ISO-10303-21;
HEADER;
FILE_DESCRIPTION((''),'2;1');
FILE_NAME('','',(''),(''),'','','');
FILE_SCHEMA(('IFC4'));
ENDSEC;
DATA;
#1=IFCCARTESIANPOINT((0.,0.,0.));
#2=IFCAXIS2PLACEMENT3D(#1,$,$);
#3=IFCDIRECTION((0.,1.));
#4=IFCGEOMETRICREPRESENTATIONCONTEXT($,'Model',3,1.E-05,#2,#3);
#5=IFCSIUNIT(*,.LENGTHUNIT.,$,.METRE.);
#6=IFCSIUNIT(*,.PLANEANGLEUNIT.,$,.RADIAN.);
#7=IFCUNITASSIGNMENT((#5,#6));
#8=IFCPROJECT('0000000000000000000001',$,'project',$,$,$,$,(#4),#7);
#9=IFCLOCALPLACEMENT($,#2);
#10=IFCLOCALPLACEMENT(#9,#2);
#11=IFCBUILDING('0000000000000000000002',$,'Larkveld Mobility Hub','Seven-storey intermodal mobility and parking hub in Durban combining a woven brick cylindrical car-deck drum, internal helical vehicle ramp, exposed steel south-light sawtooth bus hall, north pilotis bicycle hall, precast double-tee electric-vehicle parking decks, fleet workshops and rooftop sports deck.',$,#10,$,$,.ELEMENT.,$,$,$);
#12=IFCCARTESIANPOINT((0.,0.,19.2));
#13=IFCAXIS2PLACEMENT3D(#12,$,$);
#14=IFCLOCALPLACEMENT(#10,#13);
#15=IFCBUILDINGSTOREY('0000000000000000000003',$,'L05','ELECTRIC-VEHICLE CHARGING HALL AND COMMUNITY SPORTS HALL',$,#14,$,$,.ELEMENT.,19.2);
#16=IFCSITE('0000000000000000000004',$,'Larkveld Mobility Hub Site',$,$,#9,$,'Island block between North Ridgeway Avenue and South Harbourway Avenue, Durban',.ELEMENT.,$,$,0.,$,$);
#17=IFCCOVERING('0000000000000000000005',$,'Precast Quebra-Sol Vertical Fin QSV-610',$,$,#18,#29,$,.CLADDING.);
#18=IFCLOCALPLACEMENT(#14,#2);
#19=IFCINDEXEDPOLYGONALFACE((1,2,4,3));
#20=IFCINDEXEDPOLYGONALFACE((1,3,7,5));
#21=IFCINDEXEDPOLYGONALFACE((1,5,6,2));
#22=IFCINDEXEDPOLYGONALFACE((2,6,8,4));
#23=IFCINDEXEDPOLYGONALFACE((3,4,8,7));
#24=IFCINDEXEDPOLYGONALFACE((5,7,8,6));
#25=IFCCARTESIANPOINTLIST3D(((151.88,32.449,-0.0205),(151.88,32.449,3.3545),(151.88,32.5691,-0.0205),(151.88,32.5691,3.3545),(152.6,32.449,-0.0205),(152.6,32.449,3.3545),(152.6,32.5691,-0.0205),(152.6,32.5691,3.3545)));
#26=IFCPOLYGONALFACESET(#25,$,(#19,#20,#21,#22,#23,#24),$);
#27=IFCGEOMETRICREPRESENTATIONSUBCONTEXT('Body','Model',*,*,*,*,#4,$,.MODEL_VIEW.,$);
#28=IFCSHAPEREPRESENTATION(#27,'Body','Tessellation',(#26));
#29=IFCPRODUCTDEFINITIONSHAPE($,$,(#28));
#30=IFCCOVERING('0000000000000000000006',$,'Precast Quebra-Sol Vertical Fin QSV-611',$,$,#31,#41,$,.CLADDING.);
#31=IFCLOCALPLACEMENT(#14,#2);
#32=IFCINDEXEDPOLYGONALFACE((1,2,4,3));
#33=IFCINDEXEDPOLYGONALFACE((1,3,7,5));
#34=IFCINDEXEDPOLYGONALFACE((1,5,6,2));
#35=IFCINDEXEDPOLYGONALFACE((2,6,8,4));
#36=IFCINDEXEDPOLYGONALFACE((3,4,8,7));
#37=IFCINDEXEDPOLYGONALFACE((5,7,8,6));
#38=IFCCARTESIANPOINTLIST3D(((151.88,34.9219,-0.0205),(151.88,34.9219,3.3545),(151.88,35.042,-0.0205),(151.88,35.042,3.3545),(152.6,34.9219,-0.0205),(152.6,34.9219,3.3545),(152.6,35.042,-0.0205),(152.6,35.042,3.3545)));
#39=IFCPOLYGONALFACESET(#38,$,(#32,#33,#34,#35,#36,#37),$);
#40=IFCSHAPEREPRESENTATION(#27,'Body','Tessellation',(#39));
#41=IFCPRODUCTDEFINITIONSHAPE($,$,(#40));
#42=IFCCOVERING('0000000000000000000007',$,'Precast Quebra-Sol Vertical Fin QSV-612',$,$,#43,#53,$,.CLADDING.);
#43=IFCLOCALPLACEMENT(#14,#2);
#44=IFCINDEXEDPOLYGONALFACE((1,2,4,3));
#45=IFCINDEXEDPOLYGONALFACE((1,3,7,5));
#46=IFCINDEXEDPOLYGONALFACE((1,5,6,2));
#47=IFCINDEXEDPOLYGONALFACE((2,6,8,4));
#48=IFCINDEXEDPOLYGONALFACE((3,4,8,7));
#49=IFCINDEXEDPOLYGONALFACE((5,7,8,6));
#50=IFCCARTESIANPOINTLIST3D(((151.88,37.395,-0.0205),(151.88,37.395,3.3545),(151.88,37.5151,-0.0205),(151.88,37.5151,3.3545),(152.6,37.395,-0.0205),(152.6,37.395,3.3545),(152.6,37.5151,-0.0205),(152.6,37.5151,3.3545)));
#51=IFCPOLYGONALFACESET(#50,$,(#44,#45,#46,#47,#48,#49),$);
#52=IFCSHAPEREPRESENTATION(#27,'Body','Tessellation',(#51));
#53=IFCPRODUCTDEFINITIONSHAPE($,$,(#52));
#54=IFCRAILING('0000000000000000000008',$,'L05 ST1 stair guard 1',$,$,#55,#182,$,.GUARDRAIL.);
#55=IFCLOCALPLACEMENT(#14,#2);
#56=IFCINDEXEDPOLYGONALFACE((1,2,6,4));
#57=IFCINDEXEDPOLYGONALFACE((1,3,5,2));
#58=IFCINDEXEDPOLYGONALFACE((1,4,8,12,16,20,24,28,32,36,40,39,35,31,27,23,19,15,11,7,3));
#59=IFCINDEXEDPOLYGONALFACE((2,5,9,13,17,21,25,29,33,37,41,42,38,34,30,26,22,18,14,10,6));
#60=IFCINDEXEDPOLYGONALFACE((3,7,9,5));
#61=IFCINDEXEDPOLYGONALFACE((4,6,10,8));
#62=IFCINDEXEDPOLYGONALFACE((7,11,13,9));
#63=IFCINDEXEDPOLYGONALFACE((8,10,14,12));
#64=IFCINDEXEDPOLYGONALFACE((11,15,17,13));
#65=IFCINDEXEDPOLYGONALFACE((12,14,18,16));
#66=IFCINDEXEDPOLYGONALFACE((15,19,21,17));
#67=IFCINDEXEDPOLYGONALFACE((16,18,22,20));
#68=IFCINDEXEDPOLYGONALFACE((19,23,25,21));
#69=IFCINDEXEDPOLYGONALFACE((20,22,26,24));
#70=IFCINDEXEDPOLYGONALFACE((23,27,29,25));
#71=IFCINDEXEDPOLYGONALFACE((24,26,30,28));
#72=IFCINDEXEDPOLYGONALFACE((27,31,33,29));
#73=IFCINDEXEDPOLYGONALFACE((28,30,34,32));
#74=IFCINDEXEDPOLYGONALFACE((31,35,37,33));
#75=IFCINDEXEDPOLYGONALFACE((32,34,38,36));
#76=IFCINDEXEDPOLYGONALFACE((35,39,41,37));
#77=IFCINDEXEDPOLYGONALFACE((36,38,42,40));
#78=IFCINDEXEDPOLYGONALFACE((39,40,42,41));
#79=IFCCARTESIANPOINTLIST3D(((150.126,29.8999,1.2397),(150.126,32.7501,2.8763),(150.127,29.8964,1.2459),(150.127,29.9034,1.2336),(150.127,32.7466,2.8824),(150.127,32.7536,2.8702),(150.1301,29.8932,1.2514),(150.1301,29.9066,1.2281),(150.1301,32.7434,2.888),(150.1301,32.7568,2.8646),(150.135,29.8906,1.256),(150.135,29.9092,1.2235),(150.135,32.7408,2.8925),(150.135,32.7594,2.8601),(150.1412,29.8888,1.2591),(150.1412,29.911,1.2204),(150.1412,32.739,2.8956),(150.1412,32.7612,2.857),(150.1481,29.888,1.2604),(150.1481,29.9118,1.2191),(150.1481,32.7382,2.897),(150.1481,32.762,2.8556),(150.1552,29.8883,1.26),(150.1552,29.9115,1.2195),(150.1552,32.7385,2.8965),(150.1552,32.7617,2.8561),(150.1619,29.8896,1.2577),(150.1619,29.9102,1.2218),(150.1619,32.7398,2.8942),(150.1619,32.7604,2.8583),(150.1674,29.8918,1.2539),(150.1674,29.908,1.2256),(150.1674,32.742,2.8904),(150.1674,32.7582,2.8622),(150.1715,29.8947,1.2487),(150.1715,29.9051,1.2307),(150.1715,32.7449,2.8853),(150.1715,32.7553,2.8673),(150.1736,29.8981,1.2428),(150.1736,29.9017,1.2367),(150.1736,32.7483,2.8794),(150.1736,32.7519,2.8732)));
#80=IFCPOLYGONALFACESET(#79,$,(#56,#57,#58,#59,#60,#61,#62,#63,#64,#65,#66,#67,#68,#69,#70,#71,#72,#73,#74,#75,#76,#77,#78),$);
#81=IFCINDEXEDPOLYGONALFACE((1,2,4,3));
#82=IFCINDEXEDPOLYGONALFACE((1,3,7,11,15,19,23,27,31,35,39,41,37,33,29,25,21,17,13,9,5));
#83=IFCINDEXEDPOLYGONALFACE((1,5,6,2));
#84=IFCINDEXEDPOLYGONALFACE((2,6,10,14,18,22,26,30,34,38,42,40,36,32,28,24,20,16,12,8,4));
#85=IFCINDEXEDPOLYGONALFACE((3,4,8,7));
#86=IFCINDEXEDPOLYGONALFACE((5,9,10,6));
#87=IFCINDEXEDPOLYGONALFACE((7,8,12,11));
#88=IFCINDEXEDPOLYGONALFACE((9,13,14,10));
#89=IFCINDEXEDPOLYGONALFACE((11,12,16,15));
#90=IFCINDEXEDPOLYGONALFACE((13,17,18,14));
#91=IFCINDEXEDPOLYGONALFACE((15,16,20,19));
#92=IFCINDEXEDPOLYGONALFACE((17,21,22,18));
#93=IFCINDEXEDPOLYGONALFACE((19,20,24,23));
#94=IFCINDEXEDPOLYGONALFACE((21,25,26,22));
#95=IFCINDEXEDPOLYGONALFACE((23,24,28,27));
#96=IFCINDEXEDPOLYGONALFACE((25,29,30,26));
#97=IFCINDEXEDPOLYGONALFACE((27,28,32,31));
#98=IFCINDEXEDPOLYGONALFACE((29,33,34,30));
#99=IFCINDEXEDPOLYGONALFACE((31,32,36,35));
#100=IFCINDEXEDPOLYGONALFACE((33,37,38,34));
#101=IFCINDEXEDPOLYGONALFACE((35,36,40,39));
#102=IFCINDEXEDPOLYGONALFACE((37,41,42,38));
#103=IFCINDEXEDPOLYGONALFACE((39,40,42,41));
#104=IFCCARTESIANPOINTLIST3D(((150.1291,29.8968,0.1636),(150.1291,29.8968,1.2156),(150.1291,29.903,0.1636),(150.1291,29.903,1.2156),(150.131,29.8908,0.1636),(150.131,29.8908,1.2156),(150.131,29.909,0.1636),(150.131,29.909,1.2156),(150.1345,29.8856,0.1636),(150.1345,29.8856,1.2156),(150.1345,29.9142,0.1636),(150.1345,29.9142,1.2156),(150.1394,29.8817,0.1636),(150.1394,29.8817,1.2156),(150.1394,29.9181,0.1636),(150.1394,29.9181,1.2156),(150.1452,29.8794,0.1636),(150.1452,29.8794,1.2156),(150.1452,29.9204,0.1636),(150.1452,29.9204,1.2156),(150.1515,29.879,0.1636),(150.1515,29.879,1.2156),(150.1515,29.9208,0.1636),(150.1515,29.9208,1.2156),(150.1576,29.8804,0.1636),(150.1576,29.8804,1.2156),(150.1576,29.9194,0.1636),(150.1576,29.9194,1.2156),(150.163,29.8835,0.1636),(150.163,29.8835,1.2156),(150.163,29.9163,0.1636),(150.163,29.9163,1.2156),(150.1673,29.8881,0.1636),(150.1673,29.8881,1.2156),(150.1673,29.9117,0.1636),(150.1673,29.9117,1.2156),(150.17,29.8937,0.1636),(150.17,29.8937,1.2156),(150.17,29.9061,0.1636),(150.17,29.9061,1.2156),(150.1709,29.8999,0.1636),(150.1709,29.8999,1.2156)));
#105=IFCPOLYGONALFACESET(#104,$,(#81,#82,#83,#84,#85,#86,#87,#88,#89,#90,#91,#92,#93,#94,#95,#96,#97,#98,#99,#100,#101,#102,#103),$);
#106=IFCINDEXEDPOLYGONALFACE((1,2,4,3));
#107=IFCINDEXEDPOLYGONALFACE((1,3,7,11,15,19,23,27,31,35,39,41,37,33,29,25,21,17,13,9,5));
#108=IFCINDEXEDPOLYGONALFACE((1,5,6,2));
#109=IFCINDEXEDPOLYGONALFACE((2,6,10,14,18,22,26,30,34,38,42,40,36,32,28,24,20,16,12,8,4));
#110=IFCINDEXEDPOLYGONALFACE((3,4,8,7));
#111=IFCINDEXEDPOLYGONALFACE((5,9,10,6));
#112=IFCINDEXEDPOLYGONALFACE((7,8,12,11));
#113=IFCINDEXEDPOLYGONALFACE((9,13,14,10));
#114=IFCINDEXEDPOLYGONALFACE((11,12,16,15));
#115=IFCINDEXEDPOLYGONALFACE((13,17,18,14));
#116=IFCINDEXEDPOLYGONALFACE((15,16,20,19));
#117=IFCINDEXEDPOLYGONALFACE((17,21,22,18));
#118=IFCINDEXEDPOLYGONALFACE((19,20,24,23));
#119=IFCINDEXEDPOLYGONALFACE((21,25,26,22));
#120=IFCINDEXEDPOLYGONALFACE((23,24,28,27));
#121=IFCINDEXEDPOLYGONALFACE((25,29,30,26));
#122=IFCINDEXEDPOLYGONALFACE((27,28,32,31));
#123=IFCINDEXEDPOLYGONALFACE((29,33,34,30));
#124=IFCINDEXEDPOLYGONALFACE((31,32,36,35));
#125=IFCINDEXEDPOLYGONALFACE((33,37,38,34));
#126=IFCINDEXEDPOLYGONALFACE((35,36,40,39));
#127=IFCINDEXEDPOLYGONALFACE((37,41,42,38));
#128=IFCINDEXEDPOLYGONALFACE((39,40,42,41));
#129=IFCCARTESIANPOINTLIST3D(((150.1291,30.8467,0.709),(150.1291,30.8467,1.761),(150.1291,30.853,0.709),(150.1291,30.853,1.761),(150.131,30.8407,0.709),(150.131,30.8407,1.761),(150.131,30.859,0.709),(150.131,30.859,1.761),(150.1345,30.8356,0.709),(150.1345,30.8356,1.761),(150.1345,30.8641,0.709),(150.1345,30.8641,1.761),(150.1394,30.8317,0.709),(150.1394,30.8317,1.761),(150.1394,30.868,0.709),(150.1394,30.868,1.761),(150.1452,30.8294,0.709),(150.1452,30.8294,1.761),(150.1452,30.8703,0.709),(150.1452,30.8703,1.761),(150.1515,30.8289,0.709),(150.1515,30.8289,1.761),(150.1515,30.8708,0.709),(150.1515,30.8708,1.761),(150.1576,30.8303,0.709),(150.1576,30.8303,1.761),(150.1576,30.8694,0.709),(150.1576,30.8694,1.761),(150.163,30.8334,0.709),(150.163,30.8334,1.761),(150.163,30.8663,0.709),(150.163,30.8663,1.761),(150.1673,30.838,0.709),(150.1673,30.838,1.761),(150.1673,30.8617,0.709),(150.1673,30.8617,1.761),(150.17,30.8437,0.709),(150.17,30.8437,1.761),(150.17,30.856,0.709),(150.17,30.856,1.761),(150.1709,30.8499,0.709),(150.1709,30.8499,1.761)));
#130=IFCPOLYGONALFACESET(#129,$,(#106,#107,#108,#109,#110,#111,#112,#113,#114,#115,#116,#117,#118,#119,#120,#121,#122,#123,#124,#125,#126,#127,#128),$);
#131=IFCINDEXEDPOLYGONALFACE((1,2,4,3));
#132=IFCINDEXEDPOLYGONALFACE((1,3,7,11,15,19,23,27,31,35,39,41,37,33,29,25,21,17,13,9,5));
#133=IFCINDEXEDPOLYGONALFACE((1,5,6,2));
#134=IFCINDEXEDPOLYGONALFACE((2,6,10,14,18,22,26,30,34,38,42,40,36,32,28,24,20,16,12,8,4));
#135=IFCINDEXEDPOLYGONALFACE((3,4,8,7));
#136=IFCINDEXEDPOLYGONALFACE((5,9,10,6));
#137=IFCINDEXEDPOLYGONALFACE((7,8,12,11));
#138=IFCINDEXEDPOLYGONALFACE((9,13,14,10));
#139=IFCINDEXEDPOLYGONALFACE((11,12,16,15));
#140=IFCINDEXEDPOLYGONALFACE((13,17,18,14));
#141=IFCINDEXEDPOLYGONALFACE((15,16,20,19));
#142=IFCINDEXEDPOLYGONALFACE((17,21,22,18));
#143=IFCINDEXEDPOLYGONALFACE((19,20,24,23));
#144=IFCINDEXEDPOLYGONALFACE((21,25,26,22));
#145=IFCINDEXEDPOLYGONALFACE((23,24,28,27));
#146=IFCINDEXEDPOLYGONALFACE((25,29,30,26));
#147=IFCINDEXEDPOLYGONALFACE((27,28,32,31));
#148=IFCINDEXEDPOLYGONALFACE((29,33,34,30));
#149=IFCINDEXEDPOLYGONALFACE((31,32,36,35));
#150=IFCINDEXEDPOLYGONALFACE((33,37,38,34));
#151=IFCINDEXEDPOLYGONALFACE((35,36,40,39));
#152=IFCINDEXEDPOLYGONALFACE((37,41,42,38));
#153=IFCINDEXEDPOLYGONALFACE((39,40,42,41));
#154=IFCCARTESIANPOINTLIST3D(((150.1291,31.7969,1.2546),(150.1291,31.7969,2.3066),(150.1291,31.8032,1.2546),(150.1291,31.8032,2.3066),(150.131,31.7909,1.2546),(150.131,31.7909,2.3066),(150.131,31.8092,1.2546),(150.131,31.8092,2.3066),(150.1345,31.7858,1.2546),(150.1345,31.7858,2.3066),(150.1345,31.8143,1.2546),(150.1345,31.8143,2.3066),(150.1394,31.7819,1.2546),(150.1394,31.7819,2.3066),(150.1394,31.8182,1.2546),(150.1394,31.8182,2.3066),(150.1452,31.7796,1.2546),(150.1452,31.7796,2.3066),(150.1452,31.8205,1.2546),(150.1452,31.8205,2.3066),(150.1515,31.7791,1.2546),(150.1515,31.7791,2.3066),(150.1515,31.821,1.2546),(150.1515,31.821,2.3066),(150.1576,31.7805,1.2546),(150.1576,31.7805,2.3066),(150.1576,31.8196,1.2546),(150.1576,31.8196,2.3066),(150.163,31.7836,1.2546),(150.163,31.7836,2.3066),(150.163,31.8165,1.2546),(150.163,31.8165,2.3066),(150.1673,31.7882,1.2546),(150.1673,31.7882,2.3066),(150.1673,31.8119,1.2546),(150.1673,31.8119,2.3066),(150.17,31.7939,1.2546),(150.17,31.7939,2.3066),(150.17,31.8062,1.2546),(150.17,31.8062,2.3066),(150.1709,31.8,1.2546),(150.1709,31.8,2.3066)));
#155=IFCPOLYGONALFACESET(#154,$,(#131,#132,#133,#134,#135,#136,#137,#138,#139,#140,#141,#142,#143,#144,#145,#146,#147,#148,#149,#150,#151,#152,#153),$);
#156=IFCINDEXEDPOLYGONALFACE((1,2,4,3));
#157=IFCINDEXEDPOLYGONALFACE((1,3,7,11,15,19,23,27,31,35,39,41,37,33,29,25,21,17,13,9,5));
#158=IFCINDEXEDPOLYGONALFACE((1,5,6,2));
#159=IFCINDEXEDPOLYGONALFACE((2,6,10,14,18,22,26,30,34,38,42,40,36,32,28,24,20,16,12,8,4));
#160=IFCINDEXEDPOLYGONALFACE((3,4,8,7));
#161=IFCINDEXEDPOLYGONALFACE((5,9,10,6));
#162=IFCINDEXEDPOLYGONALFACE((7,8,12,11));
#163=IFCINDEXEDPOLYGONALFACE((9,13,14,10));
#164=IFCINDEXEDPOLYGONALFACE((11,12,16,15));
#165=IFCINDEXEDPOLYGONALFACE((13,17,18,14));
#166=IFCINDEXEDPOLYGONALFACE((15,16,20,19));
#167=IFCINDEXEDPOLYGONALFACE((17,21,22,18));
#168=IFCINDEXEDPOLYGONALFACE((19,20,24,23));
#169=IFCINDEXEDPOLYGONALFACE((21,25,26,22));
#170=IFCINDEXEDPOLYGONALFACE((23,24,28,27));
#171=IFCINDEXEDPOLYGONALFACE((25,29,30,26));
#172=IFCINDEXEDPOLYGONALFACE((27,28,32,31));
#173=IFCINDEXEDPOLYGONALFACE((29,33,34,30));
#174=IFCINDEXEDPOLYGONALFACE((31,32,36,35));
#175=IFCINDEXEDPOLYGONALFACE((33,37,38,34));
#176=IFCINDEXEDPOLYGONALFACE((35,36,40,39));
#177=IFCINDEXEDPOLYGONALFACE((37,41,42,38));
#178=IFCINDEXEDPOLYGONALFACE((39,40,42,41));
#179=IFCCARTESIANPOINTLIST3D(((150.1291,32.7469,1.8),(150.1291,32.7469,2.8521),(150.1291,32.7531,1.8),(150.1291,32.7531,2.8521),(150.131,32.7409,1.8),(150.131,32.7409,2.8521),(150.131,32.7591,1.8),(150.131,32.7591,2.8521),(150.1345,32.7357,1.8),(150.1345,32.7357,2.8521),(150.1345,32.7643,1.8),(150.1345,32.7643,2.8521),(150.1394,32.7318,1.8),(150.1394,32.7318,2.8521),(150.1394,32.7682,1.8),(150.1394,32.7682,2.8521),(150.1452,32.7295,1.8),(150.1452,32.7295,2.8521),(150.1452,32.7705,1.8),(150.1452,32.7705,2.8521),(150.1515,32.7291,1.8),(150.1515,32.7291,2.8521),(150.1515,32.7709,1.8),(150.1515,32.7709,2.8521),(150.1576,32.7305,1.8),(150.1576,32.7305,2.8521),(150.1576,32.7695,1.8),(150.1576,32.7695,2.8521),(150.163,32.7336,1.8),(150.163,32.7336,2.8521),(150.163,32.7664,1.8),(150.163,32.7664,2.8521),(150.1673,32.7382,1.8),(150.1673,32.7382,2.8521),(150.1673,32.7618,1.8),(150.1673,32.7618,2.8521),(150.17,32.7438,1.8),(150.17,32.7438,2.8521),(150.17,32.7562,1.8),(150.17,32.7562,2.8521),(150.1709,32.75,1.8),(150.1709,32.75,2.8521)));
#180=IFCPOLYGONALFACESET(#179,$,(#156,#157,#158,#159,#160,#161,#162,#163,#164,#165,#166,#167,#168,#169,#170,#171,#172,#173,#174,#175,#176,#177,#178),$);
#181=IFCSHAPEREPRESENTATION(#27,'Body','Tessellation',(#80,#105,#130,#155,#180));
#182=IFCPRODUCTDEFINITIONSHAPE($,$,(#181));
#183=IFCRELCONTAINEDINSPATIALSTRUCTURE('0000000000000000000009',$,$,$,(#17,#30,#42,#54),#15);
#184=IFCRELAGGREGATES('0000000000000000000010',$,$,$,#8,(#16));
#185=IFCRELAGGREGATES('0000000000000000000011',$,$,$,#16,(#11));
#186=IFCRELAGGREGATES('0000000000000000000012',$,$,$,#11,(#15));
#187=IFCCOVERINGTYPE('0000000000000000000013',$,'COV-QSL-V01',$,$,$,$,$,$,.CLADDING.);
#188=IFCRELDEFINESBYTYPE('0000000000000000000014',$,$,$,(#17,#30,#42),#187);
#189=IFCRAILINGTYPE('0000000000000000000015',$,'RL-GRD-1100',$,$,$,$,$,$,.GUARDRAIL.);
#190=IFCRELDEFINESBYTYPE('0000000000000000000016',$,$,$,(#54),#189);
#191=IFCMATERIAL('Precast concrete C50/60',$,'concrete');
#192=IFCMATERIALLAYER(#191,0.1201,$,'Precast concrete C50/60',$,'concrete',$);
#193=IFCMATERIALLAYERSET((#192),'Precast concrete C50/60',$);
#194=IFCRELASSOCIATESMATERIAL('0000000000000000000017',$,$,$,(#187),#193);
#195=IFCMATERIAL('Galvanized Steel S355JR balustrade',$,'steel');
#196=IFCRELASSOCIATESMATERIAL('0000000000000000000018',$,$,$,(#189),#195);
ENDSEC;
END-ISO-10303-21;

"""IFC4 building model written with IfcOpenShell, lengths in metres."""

from ifc_helpers import new_model, si_unit, direction, frame, origin, origin_2d, place, context, subcontext, project, spatial, rectangle, circle, extrude, material, layer, layer_set, type_object, element, save


model = new_model("IFC4")

# Units and contexts
model_context = context("Model", 3, precision=1e-05, world=origin(), true_north=direction((0.0, 1.0)))
body_context = subcontext(model_context, "Body", "Model", "MODEL_VIEW")
ifc_project = project(units=[si_unit("LENGTHUNIT", "METRE"), si_unit("PLANEANGLEUNIT", "RADIAN")], contexts=[model_context])

# Site, building, storey
site_placement = place(None, origin())
site = spatial("IfcSite", under=ifc_project, at=site_placement, Name="Larkveld Mobility Hub Site", LongName="Island block between North Ridgeway Avenue and South Harbourway Avenue, Durban", CompositionType="ELEMENT", RefElevation=0.0)
building_placement = place(site_placement, origin())
building = spatial("IfcBuilding", under=site, at=building_placement, Name="Larkveld Mobility Hub", Description="Seven-storey intermodal mobility and parking hub in Durban combining a woven brick cylindrical car-deck drum, internal helical vehicle ramp, exposed steel south-light sawtooth bus hall, north pilotis bicycle hall, precast double-tee electric-vehicle parking decks, fleet workshops and rooftop sports deck.", CompositionType="ELEMENT")
storey_placement = place(building_placement, frame((0.0, 0.0, 19.2)))
storey = spatial("IfcBuildingStorey", under=building, at=storey_placement, Name="L05", Description="ELECTRIC-VEHICLE CHARGING HALL AND COMMUNITY SPORTS HALL", CompositionType="ELEMENT", Elevation=19.2)

# Coverings
ifc_material_1 = material(Name="Precast concrete C50/60", Category="concrete")
ifc_layer_1 = layer(ifc_material_1, 0.1201, Name="Precast concrete C50/60", Category="concrete")
ifc_layer_set_1 = layer_set([ifc_layer_1], Name="Precast concrete C50/60")
covering_type = type_object("IfcCoveringType", Name="COV-QSL-V01", PredefinedType="CLADDING", material=ifc_layer_set_1)
for number, where, z_axis, x_axis, name in (
    (1, (152.24, 32.509, -0.0205), (0.0, 0.0, 1.0), (0.0, 1.0, 0.0), "Precast Quebra-Sol Vertical Fin QSV-610"),
    (2, (152.24, 34.9819, -0.0205), (0.0, 0.0, 1.0), (0.0, 1.0, 0.0), "Precast Quebra-Sol Vertical Fin QSV-611"),
    (3, (152.24, 37.4551, -0.0205), (0.0, 0.0, 1.0), (0.0, 1.0, 0.0), "Precast Quebra-Sol Vertical Fin QSV-612"),
):
    element("IfcCovering", number, at=place(storey_placement, frame(where, z_axis=z_axis, x_axis=x_axis)), inside=storey, type_object=covering_type, Name=name, PredefinedType="CLADDING", context=body_context, shape_type="SweptSolid", body=[
        extrude(rectangle(XDim=0.1201, YDim=0.72, at=origin_2d()), origin(), (0.0, 0.0, 1.0), 3.375),
    ])

# Railing
ifc_material_2 = material(Name="Galvanized Steel S355JR balustrade", Category="steel")
railing_type_1 = type_object("IfcRailingType", Name="RL-GRD-1100", PredefinedType="GUARDRAIL", material=ifc_material_2)
railing_1_placement = place(storey_placement, frame((150.1499, 29.8999, 0.1636)))
element("IfcRailing", 4, at=railing_1_placement, inside=storey, type_object=railing_type_1, Name="L05 ST1 stair guard 1", PredefinedType="GUARDRAIL", context=body_context, shape_type="SweptSolid", body=[
    extrude(circle(Radius=0.0239, at=origin_2d()), frame((0.0, 0.0, 1.0762), z_axis=(0.0, 0.867213, 0.497938), x_axis=(-1.0, 0.0, 0.0)), (0.0, 0.0, 1.0), 3.2866),
    extrude(circle(Radius=0.021, at=origin_2d()), origin(), (0.0, 0.0, 1.0), 1.052),
    extrude(circle(Radius=0.021, at=origin_2d()), frame((0.0, 0.95, 0.5454)), (0.0, 0.0, 1.0), 1.052),
    extrude(circle(Radius=0.021, at=origin_2d()), frame((0.0, 1.9001, 1.0911)), (0.0, 0.0, 1.0), 1.052),
    extrude(circle(Radius=0.021, at=origin_2d()), frame((0.0, 2.8501, 1.6365)), (0.0, 0.0, 1.0), 1.052),
])

save(model, "model.ifc")
